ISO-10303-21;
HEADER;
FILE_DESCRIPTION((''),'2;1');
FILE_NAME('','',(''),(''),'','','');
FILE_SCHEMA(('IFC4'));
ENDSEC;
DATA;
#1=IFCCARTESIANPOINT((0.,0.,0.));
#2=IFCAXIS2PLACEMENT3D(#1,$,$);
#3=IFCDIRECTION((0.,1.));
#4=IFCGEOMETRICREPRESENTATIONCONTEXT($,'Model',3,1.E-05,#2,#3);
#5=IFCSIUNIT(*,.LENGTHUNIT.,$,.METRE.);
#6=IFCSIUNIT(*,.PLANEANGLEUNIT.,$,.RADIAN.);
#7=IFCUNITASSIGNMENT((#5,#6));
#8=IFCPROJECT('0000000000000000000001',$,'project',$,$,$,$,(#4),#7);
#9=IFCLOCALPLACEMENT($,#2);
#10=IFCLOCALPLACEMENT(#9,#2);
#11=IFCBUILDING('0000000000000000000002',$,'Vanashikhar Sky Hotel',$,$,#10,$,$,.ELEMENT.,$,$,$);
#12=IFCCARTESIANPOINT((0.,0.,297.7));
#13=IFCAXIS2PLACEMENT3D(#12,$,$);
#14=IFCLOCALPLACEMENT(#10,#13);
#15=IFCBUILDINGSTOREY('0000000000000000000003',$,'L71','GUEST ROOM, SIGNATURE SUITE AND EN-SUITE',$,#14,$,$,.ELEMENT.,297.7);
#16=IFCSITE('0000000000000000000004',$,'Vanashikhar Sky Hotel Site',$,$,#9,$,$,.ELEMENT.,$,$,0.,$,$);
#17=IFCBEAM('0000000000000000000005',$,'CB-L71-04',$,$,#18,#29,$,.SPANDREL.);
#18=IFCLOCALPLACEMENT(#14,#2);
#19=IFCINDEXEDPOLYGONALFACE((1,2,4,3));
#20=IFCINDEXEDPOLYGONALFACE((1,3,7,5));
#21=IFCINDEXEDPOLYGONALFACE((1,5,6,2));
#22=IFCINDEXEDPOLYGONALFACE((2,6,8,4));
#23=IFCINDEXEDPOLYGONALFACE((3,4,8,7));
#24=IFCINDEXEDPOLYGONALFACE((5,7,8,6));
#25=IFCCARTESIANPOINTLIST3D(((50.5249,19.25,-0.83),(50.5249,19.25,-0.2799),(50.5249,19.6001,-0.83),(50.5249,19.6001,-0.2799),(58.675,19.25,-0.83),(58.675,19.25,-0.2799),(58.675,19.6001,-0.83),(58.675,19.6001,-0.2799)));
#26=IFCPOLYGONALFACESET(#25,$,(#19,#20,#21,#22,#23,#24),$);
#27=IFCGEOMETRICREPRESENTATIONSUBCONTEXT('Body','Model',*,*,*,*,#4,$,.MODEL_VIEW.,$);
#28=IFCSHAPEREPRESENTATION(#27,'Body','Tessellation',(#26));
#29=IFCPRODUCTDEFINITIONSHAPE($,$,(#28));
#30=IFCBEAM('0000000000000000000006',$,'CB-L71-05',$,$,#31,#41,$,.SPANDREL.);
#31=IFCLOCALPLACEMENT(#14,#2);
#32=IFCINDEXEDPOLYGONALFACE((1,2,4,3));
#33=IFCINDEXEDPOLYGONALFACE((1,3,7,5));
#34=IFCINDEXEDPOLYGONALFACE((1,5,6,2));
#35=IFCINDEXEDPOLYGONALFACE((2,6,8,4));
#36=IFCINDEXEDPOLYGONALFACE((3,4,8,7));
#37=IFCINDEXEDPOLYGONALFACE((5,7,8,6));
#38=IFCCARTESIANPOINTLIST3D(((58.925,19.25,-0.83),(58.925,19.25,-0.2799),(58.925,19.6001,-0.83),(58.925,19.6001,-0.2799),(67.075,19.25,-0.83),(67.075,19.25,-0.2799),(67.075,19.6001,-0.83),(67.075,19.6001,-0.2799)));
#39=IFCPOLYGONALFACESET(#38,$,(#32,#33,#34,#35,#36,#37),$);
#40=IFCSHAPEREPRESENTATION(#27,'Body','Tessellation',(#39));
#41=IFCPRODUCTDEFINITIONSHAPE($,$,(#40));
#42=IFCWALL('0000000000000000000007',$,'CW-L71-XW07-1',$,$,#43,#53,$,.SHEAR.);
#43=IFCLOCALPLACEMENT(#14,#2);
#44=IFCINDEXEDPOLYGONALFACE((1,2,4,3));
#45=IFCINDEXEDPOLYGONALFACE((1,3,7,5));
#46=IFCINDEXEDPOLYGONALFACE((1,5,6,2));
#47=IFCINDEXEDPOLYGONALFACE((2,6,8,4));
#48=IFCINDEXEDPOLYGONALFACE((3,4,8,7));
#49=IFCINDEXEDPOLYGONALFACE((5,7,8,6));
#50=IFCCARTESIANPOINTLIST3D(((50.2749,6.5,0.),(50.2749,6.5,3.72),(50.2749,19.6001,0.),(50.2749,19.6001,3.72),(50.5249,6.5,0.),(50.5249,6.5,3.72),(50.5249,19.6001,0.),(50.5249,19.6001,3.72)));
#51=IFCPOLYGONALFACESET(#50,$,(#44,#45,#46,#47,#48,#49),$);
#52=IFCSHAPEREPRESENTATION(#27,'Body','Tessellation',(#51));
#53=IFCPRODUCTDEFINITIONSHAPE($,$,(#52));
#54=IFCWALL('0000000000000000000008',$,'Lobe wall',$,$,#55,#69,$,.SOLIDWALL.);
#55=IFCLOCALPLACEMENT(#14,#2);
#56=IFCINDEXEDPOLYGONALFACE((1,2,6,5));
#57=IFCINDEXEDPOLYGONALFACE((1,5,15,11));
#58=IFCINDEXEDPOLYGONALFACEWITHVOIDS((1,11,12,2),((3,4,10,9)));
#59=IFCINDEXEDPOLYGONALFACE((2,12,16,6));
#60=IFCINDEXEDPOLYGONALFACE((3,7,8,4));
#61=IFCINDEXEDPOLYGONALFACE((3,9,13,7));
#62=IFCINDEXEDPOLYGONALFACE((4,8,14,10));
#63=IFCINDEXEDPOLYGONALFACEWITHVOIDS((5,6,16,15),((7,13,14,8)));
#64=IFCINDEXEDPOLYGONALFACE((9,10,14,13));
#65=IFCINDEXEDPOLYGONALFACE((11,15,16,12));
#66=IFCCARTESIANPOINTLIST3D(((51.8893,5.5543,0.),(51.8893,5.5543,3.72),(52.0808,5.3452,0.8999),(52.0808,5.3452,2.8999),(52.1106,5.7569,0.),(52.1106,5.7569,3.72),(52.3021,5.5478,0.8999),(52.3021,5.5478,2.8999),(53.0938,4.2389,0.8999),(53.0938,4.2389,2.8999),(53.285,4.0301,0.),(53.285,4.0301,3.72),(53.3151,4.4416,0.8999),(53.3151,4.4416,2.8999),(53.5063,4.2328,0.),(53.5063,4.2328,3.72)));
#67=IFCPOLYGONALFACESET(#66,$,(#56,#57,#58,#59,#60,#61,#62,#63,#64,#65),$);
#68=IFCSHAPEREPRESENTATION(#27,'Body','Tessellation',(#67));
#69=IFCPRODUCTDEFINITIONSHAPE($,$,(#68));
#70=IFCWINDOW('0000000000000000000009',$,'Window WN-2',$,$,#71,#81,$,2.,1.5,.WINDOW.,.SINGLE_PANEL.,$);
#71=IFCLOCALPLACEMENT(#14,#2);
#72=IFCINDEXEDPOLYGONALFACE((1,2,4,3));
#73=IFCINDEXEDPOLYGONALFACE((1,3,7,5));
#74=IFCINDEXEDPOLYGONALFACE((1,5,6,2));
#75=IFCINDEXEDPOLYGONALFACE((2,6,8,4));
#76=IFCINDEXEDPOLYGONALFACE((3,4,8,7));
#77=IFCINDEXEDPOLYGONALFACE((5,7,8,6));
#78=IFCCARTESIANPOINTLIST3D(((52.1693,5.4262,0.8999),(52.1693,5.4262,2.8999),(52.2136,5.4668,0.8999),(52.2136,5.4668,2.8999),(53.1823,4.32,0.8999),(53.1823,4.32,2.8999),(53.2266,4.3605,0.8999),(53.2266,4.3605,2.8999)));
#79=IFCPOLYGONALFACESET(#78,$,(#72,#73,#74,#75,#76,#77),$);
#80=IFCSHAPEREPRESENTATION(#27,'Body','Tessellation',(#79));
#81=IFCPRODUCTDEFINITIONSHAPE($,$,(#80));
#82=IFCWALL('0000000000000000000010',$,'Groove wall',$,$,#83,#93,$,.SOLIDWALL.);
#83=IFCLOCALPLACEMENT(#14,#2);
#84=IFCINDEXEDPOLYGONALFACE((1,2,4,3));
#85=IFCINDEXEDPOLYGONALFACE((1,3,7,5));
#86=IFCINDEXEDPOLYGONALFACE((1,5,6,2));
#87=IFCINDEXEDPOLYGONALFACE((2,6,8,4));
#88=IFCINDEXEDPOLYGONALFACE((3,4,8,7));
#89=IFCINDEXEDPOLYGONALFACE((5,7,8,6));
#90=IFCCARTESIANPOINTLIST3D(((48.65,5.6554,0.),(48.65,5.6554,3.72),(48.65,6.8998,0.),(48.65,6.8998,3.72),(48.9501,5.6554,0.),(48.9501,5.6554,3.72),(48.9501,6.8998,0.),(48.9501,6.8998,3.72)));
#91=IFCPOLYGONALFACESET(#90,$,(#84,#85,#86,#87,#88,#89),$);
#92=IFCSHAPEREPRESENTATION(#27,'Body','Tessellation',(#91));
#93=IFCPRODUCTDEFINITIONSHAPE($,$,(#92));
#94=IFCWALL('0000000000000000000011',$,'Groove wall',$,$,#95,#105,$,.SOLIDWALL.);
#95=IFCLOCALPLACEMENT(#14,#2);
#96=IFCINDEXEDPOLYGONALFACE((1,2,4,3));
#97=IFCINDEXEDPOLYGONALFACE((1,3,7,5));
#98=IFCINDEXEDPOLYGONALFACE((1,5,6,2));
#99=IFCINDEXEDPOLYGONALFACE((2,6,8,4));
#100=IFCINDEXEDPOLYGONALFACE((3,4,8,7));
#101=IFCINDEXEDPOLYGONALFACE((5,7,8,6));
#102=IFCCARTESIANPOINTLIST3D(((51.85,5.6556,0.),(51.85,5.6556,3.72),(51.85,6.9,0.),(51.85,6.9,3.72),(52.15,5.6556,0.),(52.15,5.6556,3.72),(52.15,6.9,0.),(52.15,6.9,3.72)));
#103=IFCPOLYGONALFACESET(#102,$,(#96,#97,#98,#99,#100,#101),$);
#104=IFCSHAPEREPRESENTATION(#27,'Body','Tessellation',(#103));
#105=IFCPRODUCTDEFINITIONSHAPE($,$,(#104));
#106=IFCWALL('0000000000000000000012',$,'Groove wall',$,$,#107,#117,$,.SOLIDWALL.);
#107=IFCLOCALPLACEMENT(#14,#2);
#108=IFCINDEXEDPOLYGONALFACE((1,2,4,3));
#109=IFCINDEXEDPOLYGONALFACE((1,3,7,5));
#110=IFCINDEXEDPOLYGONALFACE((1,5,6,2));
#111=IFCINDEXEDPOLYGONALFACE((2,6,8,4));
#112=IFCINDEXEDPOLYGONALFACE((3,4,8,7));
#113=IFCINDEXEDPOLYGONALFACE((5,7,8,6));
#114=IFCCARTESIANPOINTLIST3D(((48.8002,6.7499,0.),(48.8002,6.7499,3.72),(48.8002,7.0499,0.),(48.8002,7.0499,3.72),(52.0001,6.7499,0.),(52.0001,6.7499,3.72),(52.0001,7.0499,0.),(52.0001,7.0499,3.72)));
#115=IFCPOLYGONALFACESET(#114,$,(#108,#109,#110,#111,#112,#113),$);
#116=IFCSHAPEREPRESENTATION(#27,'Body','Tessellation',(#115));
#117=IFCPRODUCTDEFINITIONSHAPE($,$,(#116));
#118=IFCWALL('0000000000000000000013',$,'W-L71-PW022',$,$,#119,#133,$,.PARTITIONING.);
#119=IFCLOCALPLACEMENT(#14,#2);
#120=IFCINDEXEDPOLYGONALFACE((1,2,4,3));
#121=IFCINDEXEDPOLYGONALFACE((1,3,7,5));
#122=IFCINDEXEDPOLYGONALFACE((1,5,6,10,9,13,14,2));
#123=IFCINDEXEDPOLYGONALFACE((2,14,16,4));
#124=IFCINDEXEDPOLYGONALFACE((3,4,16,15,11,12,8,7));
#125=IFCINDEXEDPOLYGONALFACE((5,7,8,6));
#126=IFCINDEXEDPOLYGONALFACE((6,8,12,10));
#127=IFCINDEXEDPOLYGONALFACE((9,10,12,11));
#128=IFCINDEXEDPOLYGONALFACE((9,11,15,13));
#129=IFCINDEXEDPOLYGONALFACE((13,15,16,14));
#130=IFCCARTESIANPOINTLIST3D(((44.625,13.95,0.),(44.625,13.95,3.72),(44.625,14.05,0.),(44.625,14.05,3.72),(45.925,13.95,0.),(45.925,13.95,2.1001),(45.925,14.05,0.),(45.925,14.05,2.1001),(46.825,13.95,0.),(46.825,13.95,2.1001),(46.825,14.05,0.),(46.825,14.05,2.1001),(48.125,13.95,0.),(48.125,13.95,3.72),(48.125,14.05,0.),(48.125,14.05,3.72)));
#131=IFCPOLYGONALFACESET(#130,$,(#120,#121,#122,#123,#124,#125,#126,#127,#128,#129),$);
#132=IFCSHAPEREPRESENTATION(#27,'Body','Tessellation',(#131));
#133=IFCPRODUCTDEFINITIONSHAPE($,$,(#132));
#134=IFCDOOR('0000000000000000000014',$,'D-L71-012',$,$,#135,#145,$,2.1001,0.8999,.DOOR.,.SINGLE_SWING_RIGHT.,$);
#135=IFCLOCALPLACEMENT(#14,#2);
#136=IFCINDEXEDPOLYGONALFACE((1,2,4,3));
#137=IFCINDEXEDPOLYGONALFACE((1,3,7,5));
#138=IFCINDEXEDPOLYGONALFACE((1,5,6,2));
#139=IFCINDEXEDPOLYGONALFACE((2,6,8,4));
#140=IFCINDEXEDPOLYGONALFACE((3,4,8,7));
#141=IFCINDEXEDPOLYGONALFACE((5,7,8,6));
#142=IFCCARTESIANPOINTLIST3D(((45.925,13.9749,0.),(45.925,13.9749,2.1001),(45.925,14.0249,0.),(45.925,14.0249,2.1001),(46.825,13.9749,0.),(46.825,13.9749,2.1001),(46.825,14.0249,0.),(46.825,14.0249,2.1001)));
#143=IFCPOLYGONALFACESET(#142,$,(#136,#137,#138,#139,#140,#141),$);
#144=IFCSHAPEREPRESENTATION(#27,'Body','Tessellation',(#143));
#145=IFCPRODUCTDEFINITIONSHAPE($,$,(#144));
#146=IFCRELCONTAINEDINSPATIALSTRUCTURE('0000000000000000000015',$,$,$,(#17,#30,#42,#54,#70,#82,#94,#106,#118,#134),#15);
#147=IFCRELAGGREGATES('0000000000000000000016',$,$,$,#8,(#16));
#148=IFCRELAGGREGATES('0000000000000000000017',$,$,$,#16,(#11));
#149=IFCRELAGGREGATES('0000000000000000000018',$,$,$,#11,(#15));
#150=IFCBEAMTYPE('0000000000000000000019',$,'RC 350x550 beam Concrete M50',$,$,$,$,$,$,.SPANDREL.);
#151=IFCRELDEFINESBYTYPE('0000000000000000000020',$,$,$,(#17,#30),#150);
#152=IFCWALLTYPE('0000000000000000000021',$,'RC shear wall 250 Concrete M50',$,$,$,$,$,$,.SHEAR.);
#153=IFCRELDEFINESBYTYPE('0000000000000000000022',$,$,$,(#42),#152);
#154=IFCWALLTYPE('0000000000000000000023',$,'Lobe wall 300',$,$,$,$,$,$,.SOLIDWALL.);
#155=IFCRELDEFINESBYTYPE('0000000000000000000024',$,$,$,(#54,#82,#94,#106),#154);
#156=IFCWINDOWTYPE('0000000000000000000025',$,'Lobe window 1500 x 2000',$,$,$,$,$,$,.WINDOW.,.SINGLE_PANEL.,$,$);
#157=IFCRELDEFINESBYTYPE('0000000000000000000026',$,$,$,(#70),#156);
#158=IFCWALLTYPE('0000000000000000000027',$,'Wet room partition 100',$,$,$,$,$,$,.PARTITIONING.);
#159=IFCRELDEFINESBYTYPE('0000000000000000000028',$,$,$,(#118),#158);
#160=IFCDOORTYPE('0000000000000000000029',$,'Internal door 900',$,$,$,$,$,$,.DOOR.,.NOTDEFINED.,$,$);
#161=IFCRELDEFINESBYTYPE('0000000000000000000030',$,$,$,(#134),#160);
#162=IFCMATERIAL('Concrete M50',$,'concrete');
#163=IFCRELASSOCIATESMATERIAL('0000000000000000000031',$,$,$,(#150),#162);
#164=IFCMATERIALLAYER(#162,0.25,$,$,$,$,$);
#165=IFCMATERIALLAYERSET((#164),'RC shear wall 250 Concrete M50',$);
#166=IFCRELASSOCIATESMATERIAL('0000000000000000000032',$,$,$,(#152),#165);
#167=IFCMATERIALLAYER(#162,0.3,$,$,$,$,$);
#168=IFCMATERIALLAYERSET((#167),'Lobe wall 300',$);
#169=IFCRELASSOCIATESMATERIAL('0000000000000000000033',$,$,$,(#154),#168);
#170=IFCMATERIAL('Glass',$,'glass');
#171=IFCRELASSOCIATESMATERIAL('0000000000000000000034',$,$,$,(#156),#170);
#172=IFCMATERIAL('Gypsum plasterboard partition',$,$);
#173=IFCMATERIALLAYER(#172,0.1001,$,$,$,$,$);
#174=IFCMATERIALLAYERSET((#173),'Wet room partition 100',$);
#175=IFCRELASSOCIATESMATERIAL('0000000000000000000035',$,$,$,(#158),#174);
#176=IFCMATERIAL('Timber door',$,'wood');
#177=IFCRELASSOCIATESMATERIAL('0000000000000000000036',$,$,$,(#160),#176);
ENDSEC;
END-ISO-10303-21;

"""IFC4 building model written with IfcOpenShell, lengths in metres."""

from ifc_helpers import new_model, si_unit, direction, frame, frame_2d, origin, origin_2d, place, context, subcontext, project, spatial, rectangle, extrude, source, transform, mapped, material, layer, layer_set, material_profile, profile_set, type_object, element, fill, save


model = new_model("IFC4")

# Units and contexts
model_context = context("Model", 3, precision=1e-05, world=origin(), true_north=direction((0.0, 1.0)))
body_context = subcontext(model_context, "Body", "Model", "MODEL_VIEW")
ifc_project = project(units=[si_unit("LENGTHUNIT", "METRE"), si_unit("PLANEANGLEUNIT", "RADIAN")], contexts=[model_context])

# Site, building, storey
site_placement = place(None, origin())
site = spatial("IfcSite", under=ifc_project, at=site_placement, Name="Vanashikhar Sky Hotel Site", CompositionType="ELEMENT", RefElevation=0.0)
building_placement = place(site_placement, origin())
building = spatial("IfcBuilding", under=site, at=building_placement, Name="Vanashikhar Sky Hotel", CompositionType="ELEMENT")
storey_placement = place(building_placement, frame((0.0, 0.0, 297.7)))
storey = spatial("IfcBuildingStorey", under=building, at=storey_placement, Name="L71", Description="GUEST ROOM, SIGNATURE SUITE AND EN-SUITE", CompositionType="ELEMENT", Elevation=297.7)

# Beams
ifc_material_1 = material(Name="Concrete M50", Category="concrete")
ifc_material_profile = material_profile(ifc_material_1, rectangle(XDim=0.3501, YDim=0.55, at=origin_2d()))
ifc_profile_set = profile_set([ifc_material_profile], Name="RC 350x550 beam Concrete M50")
beam_type = type_object("IfcBeamType", Name="RC 350x550 beam Concrete M50", PredefinedType="SPANDREL", material=ifc_profile_set)
shared_shape_1 = source(origin(), body_context, "Body", "SweptSolid", [
    extrude(rectangle(XDim=0.3501, YDim=0.55, at=origin_2d()), origin(), (0.0, 0.0, 1.0), 8.1501),
])
beam_1_placement = place(storey_placement, frame((50.5249, 19.425, -0.5549), z_axis=(1.0, 0.0, 0.0), x_axis=(0.0, 1.0, 0.0)))
element("IfcBeam", 1, at=beam_1_placement, inside=storey, type_object=beam_type, Name="CB-L71-04", PredefinedType="SPANDREL", context=body_context, shape_type="MappedRepresentation", body=[
    mapped(shared_shape_1, transform((0.0, 0.0, 0.0), scale=1.0)),
])
shared_shape_2 = source(origin(), body_context, "Body", "SweptSolid", [
    extrude(rectangle(XDim=0.3501, YDim=0.55, at=origin_2d()), origin(), (0.0, 0.0, 1.0), 8.1499),
])
beam_2_placement = place(storey_placement, frame((58.925, 19.425, -0.5549), z_axis=(1.0, 0.0, 0.0), x_axis=(0.0, 1.0, 0.0)))
element("IfcBeam", 2, at=beam_2_placement, inside=storey, type_object=beam_type, Name="CB-L71-05", PredefinedType="SPANDREL", context=body_context, shape_type="MappedRepresentation", body=[
    mapped(shared_shape_2, transform((0.0, 0.0, 0.0), scale=1.0)),
])

# Wall
ifc_layer_1 = layer(ifc_material_1, 0.25)
ifc_layer_set_1 = layer_set([ifc_layer_1], Name="RC shear wall 250 Concrete M50")
wall_type_1 = type_object("IfcWallType", Name="RC shear wall 250 Concrete M50", PredefinedType="SHEAR", material=ifc_layer_set_1)
shared_shape_3 = source(origin(), body_context, "Body", "SweptSolid", [
    extrude(rectangle(XDim=13.1001, YDim=0.25, at=frame_2d((6.55, 0.0))), origin(), (0.0, 0.0, 1.0), 3.72),
])
wall_1_placement = place(storey_placement, frame((50.3999, 6.5, 0.0), z_axis=(0.0, 0.0, 1.0), x_axis=(0.0, 1.0, 0.0)))
element("IfcWall", 3, at=wall_1_placement, inside=storey, type_object=wall_type_1, Name="CW-L71-XW07-1", PredefinedType="SHEAR", context=body_context, shape_type="MappedRepresentation", body=[
    mapped(shared_shape_3, transform((0.0, 0.0, 0.0), scale=1.0)),
])

# Wall, opening, window
ifc_layer_2 = layer(ifc_material_1, 0.3)
ifc_layer_set_2 = layer_set([ifc_layer_2], Name="Lobe wall 300")
wall_type_2 = type_object("IfcWallType", Name="Lobe wall 300", PredefinedType="SOLIDWALL", material=ifc_layer_set_2)
shared_shape_4 = source(origin(), body_context, "Body", "SweptSolid", [
    extrude(rectangle(XDim=2.0667, YDim=0.3, at=frame_2d((1.0332, 0.0))), origin(), (0.0, 0.0, 1.0), 3.72),
])
wall_2_placement = place(storey_placement, frame((52.0, 5.6555, 0.0), z_axis=(0.0, 0.0, 1.0), x_axis=(0.675355, -0.737492, 0.0)))
wall_2 = element("IfcWall", 4, at=wall_2_placement, inside=storey, type_object=wall_type_2, Name="Lobe wall", PredefinedType="SOLIDWALL", context=body_context, shape_type="MappedRepresentation", body=[
    mapped(shared_shape_4, transform((0.0, 0.0, 0.0), scale=1.0)),
])
shared_shape_5 = source(origin(), body_context, "Body", "SweptSolid", [
    extrude(rectangle(XDim=1.5, YDim=2.0, at=frame_2d((0.75, 1.0))), frame((0.0, 0.1602, 0.0), z_axis=(0.0, -1.0, 0.0), x_axis=(1.0, 0.0, 0.0)), (0.0, 0.0, 1.0), 0.3201),
])
opening_1_placement = place(wall_2_placement, frame((0.2834, 0.0, 0.8999)))
opening_1 = element("IfcOpeningElement", 5, at=opening_1_placement, cuts=wall_2, PredefinedType="OPENING", context=body_context, shape_type="MappedRepresentation", body=[
    mapped(shared_shape_5, transform((0.0, 0.0, 0.0), scale=1.0)),
])
ifc_material_2 = material(Name="Glass", Category="glass")
window_type = type_object("IfcWindowType", Name="Lobe window 1500 x 2000", PartitioningType="SINGLE_PANEL", PredefinedType="WINDOW", material=ifc_material_2)
shared_shape_6 = source(origin(), body_context, "Body", "SweptSolid", [
    extrude(rectangle(XDim=1.5, YDim=2.0, at=frame_2d((0.75, 1.0))), frame((0.0, 0.03, 0.0), z_axis=(0.0, -1.0, 0.0), x_axis=(1.0, 0.0, 0.0)), (0.0, 0.0, 1.0), 0.0601),
])
window_placement = place(opening_1_placement, origin())
window = element("IfcWindow", 6, at=window_placement, inside=storey, type_object=window_type, Name="Window WN-2", OverallHeight=2.0, OverallWidth=1.5, PartitioningType="SINGLE_PANEL", PredefinedType="WINDOW", context=body_context, shape_type="MappedRepresentation", body=[
    mapped(shared_shape_6, transform((0.0, 0.0, 0.0), scale=1.0)),
])
fill(opening_1, window)

# Walls
shared_shape_7 = source(origin(), body_context, "Body", "SweptSolid", [
    extrude(rectangle(XDim=1.2444, YDim=0.3, at=frame_2d((0.6221, 0.0))), origin(), (0.0, 0.0, 1.0), 3.72),
])
for number, where, z_axis, x_axis, name in (
    (7, (48.8, 5.6555, 0.0), (0.0, 0.0, 1.0), (0.0, 1.0, 0.0), "Groove wall"),
    (8, (52.0, 6.8999, 0.0), (0.0, 0.0, 1.0), (0.0, -1.0, 0.0), "Groove wall"),
):
    element("IfcWall", number, at=place(storey_placement, frame(where, z_axis=z_axis, x_axis=x_axis)), inside=storey, type_object=wall_type_2, Name=name, PredefinedType="SOLIDWALL", context=body_context, shape_type="MappedRepresentation", body=[
        mapped(shared_shape_7, transform((0.0, 0.0, 0.0), scale=1.0)),
    ])
shared_shape_8 = source(origin(), body_context, "Body", "SweptSolid", [
    extrude(rectangle(XDim=3.2, YDim=0.3, at=frame_2d((1.6001, 0.0))), origin(), (0.0, 0.0, 1.0), 3.72),
])
wall_3_placement = place(storey_placement, frame((48.8, 6.8999, 0.0), z_axis=(0.0, 0.0, 1.0), x_axis=(1.0, 0.0, 0.0)))
element("IfcWall", 9, at=wall_3_placement, inside=storey, type_object=wall_type_2, Name="Groove wall", PredefinedType="SOLIDWALL", context=body_context, shape_type="MappedRepresentation", body=[
    mapped(shared_shape_8, transform((0.0, 0.0, 0.0), scale=1.0)),
])

# Wall, opening, door
ifc_material_3 = material(Name="Gypsum plasterboard partition")
ifc_layer_3 = layer(ifc_material_3, 0.1001)
ifc_layer_set_3 = layer_set([ifc_layer_3], Name="Wet room partition 100")
wall_type_3 = type_object("IfcWallType", Name="Wet room partition 100", PredefinedType="PARTITIONING", material=ifc_layer_set_3)
shared_shape_9 = source(origin(), body_context, "Body", "SweptSolid", [
    extrude(rectangle(XDim=3.5, YDim=0.1001, at=frame_2d((1.75, 0.0))), origin(), (0.0, 0.0, 1.0), 3.72),
])
wall_4_placement = place(storey_placement, frame((44.625, 14.0, 0.0), z_axis=(0.0, 0.0, 1.0), x_axis=(1.0, 0.0, 0.0)))
wall_4 = element("IfcWall", 10, at=wall_4_placement, inside=storey, type_object=wall_type_3, Name="W-L71-PW022", PredefinedType="PARTITIONING", context=body_context, shape_type="MappedRepresentation", body=[
    mapped(shared_shape_9, transform((0.0, 0.0, 0.0), scale=1.0)),
])
shared_shape_10 = source(origin(), body_context, "Body", "SweptSolid", [
    extrude(rectangle(XDim=0.8999, YDim=2.1001, at=frame_2d((0.45, 1.05))), frame((0.0, 0.0601, 0.0), z_axis=(0.0, -1.0, 0.0), x_axis=(1.0, 0.0, 0.0)), (0.0, 0.0, 1.0), 0.1201),
])
opening_2_placement = place(wall_4_placement, frame((1.3, 0.0, 0.0)))
opening_2 = element("IfcOpeningElement", 11, at=opening_2_placement, cuts=wall_4, PredefinedType="OPENING", context=body_context, shape_type="MappedRepresentation", body=[
    mapped(shared_shape_10, transform((0.0, 0.0, 0.0), scale=1.0)),
])
ifc_material_4 = material(Name="Timber door", Category="wood")
door_type_1 = type_object("IfcDoorType", Name="Internal door 900", OperationType="NOTDEFINED", PredefinedType="DOOR", material=ifc_material_4)
shared_shape_11 = source(origin(), body_context, "Body", "SweptSolid", [
    extrude(rectangle(XDim=0.8999, YDim=2.1001, at=frame_2d((0.45, 1.05))), frame((0.0, 0.0249, 0.0), z_axis=(0.0, -1.0, 0.0), x_axis=(1.0, 0.0, 0.0)), (0.0, 0.0, 1.0), 0.05),
])
door_1_placement = place(opening_2_placement, origin())
door_1 = element("IfcDoor", 12, at=door_1_placement, inside=storey, type_object=door_type_1, Name="D-L71-012", OperationType="SINGLE_SWING_RIGHT", OverallHeight=2.1001, OverallWidth=0.8999, PredefinedType="DOOR", context=body_context, shape_type="MappedRepresentation", body=[
    mapped(shared_shape_11, transform((0.0, 0.0, 0.0), scale=1.0)),
])
fill(opening_2, door_1)

save(model, "model.ifc")
